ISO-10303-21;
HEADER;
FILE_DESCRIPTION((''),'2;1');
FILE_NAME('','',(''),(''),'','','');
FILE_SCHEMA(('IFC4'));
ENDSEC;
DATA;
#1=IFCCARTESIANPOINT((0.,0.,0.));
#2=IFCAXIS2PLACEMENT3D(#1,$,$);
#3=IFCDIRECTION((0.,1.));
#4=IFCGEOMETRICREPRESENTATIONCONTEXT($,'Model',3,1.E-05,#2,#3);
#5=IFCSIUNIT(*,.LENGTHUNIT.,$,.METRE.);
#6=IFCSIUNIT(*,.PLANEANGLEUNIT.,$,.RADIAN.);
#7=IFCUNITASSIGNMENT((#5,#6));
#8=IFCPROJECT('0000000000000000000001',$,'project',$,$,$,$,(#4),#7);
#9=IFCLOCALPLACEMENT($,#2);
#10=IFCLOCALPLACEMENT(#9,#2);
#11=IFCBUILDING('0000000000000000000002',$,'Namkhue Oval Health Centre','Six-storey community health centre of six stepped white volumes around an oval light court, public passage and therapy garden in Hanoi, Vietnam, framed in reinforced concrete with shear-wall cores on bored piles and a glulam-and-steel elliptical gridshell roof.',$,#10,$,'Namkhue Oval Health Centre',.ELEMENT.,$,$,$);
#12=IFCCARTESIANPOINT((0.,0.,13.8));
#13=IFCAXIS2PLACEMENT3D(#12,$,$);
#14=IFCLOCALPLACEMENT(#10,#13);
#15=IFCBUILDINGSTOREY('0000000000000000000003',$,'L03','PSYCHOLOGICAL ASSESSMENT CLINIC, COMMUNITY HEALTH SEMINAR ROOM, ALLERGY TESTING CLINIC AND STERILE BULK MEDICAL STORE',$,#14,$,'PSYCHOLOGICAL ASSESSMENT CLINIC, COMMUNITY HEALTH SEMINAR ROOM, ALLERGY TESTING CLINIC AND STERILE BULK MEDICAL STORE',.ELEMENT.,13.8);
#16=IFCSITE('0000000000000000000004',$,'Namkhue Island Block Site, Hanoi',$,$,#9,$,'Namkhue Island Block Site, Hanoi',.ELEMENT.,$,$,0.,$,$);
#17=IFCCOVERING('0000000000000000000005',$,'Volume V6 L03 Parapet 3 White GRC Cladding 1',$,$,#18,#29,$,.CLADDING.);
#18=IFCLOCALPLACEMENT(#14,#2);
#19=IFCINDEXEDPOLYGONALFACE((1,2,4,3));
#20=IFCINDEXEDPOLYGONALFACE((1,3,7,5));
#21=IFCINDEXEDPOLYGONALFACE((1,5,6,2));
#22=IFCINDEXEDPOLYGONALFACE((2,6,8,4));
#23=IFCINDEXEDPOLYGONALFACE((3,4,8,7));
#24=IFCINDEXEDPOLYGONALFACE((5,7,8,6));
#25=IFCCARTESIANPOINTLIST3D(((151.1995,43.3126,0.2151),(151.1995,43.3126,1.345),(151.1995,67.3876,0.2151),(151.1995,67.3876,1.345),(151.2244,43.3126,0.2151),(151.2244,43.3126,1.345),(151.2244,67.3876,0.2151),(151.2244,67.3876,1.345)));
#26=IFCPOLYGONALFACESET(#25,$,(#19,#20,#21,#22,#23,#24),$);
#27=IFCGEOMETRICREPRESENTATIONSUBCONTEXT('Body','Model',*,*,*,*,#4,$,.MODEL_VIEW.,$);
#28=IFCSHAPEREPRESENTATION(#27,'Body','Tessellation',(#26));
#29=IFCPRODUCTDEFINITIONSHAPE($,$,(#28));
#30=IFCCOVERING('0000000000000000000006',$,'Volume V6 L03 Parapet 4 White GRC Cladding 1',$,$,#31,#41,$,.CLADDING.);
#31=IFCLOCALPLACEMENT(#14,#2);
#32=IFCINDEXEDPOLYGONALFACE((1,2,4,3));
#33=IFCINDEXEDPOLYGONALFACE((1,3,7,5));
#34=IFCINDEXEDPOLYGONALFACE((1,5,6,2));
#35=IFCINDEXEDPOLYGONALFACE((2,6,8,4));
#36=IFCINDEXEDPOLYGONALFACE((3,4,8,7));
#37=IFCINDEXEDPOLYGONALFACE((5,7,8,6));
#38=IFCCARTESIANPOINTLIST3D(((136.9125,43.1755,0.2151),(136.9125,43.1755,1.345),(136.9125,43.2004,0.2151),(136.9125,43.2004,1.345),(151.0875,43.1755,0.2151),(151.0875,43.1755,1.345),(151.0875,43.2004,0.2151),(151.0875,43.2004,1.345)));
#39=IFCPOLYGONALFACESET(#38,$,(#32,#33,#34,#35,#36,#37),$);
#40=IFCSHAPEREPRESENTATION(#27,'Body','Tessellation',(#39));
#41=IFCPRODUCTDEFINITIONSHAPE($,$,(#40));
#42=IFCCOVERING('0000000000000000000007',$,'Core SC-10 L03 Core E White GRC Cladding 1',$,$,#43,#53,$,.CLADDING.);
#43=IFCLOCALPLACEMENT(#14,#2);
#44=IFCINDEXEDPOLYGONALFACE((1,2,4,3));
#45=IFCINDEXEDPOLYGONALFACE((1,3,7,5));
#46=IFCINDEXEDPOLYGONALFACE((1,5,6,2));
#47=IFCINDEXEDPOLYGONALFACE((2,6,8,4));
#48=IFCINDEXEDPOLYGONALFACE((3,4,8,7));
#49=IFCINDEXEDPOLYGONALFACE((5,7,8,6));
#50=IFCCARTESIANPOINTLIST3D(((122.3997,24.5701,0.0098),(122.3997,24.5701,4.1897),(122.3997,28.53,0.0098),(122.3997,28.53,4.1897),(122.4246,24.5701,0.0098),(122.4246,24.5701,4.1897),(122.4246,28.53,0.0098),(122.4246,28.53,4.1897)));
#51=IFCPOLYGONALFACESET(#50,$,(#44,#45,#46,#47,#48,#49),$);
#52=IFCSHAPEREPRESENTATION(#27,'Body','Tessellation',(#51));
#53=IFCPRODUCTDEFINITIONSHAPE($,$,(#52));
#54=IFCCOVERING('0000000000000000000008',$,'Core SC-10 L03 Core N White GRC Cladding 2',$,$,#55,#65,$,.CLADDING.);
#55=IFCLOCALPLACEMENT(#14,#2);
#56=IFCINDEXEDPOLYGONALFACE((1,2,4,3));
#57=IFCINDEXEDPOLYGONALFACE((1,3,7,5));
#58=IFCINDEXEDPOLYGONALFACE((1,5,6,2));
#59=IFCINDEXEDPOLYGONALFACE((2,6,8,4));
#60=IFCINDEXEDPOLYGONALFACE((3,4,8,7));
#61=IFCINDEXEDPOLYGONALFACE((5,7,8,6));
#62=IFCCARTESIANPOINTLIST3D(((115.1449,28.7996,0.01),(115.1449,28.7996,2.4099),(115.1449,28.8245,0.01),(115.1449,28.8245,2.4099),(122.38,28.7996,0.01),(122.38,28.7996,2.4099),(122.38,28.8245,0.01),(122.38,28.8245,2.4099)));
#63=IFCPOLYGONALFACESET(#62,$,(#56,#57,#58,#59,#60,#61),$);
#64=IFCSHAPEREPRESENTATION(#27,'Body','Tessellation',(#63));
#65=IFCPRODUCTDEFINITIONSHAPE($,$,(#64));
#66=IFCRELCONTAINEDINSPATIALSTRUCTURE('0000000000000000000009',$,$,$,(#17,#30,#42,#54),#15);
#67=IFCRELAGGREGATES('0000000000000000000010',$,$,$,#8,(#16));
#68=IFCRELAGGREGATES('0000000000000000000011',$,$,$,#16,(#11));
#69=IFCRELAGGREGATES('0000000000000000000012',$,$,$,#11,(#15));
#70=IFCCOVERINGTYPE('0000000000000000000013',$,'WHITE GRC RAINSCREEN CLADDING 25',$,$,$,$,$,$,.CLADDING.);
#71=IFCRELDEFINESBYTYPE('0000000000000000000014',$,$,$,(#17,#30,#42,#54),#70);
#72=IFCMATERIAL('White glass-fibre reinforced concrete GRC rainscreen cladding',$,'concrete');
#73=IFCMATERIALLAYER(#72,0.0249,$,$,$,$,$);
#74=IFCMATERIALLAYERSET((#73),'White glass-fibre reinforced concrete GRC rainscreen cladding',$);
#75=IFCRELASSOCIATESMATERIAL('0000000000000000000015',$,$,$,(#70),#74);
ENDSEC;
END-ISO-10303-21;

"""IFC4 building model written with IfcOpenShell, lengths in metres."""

from ifc_helpers import new_model, si_unit, direction, frame, origin, origin_2d, place, context, subcontext, project, spatial, rectangle, extrude, material, layer, layer_set, type_object, element, save


model = new_model("IFC4")

# Units and contexts
model_context = context("Model", 3, precision=1e-05, world=origin(), true_north=direction((0.0, 1.0)))
body_context = subcontext(model_context, "Body", "Model", "MODEL_VIEW")
ifc_project = project(units=[si_unit("LENGTHUNIT", "METRE"), si_unit("PLANEANGLEUNIT", "RADIAN")], contexts=[model_context])

# Site, building, storey
site_placement = place(None, origin())
site = spatial("IfcSite", under=ifc_project, at=site_placement, Name="Namkhue Island Block Site, Hanoi", LongName="Namkhue Island Block Site, Hanoi", CompositionType="ELEMENT", RefElevation=0.0)
building_placement = place(site_placement, origin())
building = spatial("IfcBuilding", under=site, at=building_placement, Name="Namkhue Oval Health Centre", Description="Six-storey community health centre of six stepped white volumes around an oval light court, public passage and therapy garden in Hanoi, Vietnam, framed in reinforced concrete with shear-wall cores on bored piles and a glulam-and-steel elliptical gridshell roof.", LongName="Namkhue Oval Health Centre", CompositionType="ELEMENT")
storey_placement = place(building_placement, frame((0.0, 0.0, 13.8)))
storey = spatial("IfcBuildingStorey", under=building, at=storey_placement, Name="L03", Description="PSYCHOLOGICAL ASSESSMENT CLINIC, COMMUNITY HEALTH SEMINAR ROOM, ALLERGY TESTING CLINIC AND STERILE BULK MEDICAL STORE", LongName="PSYCHOLOGICAL ASSESSMENT CLINIC, COMMUNITY HEALTH SEMINAR ROOM, ALLERGY TESTING CLINIC AND STERILE BULK MEDICAL STORE", CompositionType="ELEMENT", Elevation=13.8)

# Coverings
ifc_material_1 = material(Name="White glass-fibre reinforced concrete GRC rainscreen cladding", Category="concrete")
ifc_layer_1 = layer(ifc_material_1, 0.0249)
ifc_layer_set_1 = layer_set([ifc_layer_1], Name="White glass-fibre reinforced concrete GRC rainscreen cladding")
covering_type = type_object("IfcCoveringType", Name="WHITE GRC RAINSCREEN CLADDING 25", PredefinedType="CLADDING", material=ifc_layer_set_1)
for number, where, z_axis, x_axis, name in (
    (1, (151.2119, 55.3501, 0.2151), (0.0, 0.0, 1.0), (0.0, -1.0, 0.0), "Volume V6 L03 Parapet 3 White GRC Cladding 1"),
):
    element("IfcCovering", number, at=place(storey_placement, frame(where, z_axis=z_axis, x_axis=x_axis)), inside=storey, type_object=covering_type, Name=name, PredefinedType="CLADDING", context=body_context, shape_type="SweptSolid", body=[
        extrude(rectangle(XDim=24.075, YDim=0.0249, at=origin_2d()), origin(), (0.0, 0.0, 1.0), 1.1299),
    ])
covering_1_placement = place(storey_placement, frame((144.0, 43.188, 0.2151), z_axis=(0.0, 0.0, 1.0), x_axis=(-1.0, 0.0, 0.0)))
element("IfcCovering", 2, at=covering_1_placement, inside=storey, type_object=covering_type, Name="Volume V6 L03 Parapet 4 White GRC Cladding 1", PredefinedType="CLADDING", context=body_context, shape_type="SweptSolid", body=[
    extrude(rectangle(XDim=14.175, YDim=0.0249, at=origin_2d()), origin(), (0.0, 0.0, 1.0), 1.1299),
])
covering_2_placement = place(storey_placement, frame((122.4121, 26.55, 0.0098), z_axis=(0.0, 0.0, 1.0), x_axis=(0.0, 1.0, 0.0)))
element("IfcCovering", 3, at=covering_2_placement, inside=storey, type_object=covering_type, Name="Core SC-10 L03 Core E White GRC Cladding 1", PredefinedType="CLADDING", context=body_context, shape_type="SweptSolid", body=[
    extrude(rectangle(XDim=3.96, YDim=0.0249, at=origin_2d()), origin(), (0.0, 0.0, 1.0), 4.1799),
])
covering_3_placement = place(storey_placement, frame((118.7625, 28.812, 0.01), z_axis=(0.0, 0.0, 1.0), x_axis=(-1.0, 0.0, 0.0)))
element("IfcCovering", 4, at=covering_3_placement, inside=storey, type_object=covering_type, Name="Core SC-10 L03 Core N White GRC Cladding 2", PredefinedType="CLADDING", context=body_context, shape_type="SweptSolid", body=[
    extrude(rectangle(XDim=7.2351, YDim=0.0249, at=origin_2d()), origin(), (0.0, 0.0, 1.0), 2.3999),
])

save(model, "model.ifc")
